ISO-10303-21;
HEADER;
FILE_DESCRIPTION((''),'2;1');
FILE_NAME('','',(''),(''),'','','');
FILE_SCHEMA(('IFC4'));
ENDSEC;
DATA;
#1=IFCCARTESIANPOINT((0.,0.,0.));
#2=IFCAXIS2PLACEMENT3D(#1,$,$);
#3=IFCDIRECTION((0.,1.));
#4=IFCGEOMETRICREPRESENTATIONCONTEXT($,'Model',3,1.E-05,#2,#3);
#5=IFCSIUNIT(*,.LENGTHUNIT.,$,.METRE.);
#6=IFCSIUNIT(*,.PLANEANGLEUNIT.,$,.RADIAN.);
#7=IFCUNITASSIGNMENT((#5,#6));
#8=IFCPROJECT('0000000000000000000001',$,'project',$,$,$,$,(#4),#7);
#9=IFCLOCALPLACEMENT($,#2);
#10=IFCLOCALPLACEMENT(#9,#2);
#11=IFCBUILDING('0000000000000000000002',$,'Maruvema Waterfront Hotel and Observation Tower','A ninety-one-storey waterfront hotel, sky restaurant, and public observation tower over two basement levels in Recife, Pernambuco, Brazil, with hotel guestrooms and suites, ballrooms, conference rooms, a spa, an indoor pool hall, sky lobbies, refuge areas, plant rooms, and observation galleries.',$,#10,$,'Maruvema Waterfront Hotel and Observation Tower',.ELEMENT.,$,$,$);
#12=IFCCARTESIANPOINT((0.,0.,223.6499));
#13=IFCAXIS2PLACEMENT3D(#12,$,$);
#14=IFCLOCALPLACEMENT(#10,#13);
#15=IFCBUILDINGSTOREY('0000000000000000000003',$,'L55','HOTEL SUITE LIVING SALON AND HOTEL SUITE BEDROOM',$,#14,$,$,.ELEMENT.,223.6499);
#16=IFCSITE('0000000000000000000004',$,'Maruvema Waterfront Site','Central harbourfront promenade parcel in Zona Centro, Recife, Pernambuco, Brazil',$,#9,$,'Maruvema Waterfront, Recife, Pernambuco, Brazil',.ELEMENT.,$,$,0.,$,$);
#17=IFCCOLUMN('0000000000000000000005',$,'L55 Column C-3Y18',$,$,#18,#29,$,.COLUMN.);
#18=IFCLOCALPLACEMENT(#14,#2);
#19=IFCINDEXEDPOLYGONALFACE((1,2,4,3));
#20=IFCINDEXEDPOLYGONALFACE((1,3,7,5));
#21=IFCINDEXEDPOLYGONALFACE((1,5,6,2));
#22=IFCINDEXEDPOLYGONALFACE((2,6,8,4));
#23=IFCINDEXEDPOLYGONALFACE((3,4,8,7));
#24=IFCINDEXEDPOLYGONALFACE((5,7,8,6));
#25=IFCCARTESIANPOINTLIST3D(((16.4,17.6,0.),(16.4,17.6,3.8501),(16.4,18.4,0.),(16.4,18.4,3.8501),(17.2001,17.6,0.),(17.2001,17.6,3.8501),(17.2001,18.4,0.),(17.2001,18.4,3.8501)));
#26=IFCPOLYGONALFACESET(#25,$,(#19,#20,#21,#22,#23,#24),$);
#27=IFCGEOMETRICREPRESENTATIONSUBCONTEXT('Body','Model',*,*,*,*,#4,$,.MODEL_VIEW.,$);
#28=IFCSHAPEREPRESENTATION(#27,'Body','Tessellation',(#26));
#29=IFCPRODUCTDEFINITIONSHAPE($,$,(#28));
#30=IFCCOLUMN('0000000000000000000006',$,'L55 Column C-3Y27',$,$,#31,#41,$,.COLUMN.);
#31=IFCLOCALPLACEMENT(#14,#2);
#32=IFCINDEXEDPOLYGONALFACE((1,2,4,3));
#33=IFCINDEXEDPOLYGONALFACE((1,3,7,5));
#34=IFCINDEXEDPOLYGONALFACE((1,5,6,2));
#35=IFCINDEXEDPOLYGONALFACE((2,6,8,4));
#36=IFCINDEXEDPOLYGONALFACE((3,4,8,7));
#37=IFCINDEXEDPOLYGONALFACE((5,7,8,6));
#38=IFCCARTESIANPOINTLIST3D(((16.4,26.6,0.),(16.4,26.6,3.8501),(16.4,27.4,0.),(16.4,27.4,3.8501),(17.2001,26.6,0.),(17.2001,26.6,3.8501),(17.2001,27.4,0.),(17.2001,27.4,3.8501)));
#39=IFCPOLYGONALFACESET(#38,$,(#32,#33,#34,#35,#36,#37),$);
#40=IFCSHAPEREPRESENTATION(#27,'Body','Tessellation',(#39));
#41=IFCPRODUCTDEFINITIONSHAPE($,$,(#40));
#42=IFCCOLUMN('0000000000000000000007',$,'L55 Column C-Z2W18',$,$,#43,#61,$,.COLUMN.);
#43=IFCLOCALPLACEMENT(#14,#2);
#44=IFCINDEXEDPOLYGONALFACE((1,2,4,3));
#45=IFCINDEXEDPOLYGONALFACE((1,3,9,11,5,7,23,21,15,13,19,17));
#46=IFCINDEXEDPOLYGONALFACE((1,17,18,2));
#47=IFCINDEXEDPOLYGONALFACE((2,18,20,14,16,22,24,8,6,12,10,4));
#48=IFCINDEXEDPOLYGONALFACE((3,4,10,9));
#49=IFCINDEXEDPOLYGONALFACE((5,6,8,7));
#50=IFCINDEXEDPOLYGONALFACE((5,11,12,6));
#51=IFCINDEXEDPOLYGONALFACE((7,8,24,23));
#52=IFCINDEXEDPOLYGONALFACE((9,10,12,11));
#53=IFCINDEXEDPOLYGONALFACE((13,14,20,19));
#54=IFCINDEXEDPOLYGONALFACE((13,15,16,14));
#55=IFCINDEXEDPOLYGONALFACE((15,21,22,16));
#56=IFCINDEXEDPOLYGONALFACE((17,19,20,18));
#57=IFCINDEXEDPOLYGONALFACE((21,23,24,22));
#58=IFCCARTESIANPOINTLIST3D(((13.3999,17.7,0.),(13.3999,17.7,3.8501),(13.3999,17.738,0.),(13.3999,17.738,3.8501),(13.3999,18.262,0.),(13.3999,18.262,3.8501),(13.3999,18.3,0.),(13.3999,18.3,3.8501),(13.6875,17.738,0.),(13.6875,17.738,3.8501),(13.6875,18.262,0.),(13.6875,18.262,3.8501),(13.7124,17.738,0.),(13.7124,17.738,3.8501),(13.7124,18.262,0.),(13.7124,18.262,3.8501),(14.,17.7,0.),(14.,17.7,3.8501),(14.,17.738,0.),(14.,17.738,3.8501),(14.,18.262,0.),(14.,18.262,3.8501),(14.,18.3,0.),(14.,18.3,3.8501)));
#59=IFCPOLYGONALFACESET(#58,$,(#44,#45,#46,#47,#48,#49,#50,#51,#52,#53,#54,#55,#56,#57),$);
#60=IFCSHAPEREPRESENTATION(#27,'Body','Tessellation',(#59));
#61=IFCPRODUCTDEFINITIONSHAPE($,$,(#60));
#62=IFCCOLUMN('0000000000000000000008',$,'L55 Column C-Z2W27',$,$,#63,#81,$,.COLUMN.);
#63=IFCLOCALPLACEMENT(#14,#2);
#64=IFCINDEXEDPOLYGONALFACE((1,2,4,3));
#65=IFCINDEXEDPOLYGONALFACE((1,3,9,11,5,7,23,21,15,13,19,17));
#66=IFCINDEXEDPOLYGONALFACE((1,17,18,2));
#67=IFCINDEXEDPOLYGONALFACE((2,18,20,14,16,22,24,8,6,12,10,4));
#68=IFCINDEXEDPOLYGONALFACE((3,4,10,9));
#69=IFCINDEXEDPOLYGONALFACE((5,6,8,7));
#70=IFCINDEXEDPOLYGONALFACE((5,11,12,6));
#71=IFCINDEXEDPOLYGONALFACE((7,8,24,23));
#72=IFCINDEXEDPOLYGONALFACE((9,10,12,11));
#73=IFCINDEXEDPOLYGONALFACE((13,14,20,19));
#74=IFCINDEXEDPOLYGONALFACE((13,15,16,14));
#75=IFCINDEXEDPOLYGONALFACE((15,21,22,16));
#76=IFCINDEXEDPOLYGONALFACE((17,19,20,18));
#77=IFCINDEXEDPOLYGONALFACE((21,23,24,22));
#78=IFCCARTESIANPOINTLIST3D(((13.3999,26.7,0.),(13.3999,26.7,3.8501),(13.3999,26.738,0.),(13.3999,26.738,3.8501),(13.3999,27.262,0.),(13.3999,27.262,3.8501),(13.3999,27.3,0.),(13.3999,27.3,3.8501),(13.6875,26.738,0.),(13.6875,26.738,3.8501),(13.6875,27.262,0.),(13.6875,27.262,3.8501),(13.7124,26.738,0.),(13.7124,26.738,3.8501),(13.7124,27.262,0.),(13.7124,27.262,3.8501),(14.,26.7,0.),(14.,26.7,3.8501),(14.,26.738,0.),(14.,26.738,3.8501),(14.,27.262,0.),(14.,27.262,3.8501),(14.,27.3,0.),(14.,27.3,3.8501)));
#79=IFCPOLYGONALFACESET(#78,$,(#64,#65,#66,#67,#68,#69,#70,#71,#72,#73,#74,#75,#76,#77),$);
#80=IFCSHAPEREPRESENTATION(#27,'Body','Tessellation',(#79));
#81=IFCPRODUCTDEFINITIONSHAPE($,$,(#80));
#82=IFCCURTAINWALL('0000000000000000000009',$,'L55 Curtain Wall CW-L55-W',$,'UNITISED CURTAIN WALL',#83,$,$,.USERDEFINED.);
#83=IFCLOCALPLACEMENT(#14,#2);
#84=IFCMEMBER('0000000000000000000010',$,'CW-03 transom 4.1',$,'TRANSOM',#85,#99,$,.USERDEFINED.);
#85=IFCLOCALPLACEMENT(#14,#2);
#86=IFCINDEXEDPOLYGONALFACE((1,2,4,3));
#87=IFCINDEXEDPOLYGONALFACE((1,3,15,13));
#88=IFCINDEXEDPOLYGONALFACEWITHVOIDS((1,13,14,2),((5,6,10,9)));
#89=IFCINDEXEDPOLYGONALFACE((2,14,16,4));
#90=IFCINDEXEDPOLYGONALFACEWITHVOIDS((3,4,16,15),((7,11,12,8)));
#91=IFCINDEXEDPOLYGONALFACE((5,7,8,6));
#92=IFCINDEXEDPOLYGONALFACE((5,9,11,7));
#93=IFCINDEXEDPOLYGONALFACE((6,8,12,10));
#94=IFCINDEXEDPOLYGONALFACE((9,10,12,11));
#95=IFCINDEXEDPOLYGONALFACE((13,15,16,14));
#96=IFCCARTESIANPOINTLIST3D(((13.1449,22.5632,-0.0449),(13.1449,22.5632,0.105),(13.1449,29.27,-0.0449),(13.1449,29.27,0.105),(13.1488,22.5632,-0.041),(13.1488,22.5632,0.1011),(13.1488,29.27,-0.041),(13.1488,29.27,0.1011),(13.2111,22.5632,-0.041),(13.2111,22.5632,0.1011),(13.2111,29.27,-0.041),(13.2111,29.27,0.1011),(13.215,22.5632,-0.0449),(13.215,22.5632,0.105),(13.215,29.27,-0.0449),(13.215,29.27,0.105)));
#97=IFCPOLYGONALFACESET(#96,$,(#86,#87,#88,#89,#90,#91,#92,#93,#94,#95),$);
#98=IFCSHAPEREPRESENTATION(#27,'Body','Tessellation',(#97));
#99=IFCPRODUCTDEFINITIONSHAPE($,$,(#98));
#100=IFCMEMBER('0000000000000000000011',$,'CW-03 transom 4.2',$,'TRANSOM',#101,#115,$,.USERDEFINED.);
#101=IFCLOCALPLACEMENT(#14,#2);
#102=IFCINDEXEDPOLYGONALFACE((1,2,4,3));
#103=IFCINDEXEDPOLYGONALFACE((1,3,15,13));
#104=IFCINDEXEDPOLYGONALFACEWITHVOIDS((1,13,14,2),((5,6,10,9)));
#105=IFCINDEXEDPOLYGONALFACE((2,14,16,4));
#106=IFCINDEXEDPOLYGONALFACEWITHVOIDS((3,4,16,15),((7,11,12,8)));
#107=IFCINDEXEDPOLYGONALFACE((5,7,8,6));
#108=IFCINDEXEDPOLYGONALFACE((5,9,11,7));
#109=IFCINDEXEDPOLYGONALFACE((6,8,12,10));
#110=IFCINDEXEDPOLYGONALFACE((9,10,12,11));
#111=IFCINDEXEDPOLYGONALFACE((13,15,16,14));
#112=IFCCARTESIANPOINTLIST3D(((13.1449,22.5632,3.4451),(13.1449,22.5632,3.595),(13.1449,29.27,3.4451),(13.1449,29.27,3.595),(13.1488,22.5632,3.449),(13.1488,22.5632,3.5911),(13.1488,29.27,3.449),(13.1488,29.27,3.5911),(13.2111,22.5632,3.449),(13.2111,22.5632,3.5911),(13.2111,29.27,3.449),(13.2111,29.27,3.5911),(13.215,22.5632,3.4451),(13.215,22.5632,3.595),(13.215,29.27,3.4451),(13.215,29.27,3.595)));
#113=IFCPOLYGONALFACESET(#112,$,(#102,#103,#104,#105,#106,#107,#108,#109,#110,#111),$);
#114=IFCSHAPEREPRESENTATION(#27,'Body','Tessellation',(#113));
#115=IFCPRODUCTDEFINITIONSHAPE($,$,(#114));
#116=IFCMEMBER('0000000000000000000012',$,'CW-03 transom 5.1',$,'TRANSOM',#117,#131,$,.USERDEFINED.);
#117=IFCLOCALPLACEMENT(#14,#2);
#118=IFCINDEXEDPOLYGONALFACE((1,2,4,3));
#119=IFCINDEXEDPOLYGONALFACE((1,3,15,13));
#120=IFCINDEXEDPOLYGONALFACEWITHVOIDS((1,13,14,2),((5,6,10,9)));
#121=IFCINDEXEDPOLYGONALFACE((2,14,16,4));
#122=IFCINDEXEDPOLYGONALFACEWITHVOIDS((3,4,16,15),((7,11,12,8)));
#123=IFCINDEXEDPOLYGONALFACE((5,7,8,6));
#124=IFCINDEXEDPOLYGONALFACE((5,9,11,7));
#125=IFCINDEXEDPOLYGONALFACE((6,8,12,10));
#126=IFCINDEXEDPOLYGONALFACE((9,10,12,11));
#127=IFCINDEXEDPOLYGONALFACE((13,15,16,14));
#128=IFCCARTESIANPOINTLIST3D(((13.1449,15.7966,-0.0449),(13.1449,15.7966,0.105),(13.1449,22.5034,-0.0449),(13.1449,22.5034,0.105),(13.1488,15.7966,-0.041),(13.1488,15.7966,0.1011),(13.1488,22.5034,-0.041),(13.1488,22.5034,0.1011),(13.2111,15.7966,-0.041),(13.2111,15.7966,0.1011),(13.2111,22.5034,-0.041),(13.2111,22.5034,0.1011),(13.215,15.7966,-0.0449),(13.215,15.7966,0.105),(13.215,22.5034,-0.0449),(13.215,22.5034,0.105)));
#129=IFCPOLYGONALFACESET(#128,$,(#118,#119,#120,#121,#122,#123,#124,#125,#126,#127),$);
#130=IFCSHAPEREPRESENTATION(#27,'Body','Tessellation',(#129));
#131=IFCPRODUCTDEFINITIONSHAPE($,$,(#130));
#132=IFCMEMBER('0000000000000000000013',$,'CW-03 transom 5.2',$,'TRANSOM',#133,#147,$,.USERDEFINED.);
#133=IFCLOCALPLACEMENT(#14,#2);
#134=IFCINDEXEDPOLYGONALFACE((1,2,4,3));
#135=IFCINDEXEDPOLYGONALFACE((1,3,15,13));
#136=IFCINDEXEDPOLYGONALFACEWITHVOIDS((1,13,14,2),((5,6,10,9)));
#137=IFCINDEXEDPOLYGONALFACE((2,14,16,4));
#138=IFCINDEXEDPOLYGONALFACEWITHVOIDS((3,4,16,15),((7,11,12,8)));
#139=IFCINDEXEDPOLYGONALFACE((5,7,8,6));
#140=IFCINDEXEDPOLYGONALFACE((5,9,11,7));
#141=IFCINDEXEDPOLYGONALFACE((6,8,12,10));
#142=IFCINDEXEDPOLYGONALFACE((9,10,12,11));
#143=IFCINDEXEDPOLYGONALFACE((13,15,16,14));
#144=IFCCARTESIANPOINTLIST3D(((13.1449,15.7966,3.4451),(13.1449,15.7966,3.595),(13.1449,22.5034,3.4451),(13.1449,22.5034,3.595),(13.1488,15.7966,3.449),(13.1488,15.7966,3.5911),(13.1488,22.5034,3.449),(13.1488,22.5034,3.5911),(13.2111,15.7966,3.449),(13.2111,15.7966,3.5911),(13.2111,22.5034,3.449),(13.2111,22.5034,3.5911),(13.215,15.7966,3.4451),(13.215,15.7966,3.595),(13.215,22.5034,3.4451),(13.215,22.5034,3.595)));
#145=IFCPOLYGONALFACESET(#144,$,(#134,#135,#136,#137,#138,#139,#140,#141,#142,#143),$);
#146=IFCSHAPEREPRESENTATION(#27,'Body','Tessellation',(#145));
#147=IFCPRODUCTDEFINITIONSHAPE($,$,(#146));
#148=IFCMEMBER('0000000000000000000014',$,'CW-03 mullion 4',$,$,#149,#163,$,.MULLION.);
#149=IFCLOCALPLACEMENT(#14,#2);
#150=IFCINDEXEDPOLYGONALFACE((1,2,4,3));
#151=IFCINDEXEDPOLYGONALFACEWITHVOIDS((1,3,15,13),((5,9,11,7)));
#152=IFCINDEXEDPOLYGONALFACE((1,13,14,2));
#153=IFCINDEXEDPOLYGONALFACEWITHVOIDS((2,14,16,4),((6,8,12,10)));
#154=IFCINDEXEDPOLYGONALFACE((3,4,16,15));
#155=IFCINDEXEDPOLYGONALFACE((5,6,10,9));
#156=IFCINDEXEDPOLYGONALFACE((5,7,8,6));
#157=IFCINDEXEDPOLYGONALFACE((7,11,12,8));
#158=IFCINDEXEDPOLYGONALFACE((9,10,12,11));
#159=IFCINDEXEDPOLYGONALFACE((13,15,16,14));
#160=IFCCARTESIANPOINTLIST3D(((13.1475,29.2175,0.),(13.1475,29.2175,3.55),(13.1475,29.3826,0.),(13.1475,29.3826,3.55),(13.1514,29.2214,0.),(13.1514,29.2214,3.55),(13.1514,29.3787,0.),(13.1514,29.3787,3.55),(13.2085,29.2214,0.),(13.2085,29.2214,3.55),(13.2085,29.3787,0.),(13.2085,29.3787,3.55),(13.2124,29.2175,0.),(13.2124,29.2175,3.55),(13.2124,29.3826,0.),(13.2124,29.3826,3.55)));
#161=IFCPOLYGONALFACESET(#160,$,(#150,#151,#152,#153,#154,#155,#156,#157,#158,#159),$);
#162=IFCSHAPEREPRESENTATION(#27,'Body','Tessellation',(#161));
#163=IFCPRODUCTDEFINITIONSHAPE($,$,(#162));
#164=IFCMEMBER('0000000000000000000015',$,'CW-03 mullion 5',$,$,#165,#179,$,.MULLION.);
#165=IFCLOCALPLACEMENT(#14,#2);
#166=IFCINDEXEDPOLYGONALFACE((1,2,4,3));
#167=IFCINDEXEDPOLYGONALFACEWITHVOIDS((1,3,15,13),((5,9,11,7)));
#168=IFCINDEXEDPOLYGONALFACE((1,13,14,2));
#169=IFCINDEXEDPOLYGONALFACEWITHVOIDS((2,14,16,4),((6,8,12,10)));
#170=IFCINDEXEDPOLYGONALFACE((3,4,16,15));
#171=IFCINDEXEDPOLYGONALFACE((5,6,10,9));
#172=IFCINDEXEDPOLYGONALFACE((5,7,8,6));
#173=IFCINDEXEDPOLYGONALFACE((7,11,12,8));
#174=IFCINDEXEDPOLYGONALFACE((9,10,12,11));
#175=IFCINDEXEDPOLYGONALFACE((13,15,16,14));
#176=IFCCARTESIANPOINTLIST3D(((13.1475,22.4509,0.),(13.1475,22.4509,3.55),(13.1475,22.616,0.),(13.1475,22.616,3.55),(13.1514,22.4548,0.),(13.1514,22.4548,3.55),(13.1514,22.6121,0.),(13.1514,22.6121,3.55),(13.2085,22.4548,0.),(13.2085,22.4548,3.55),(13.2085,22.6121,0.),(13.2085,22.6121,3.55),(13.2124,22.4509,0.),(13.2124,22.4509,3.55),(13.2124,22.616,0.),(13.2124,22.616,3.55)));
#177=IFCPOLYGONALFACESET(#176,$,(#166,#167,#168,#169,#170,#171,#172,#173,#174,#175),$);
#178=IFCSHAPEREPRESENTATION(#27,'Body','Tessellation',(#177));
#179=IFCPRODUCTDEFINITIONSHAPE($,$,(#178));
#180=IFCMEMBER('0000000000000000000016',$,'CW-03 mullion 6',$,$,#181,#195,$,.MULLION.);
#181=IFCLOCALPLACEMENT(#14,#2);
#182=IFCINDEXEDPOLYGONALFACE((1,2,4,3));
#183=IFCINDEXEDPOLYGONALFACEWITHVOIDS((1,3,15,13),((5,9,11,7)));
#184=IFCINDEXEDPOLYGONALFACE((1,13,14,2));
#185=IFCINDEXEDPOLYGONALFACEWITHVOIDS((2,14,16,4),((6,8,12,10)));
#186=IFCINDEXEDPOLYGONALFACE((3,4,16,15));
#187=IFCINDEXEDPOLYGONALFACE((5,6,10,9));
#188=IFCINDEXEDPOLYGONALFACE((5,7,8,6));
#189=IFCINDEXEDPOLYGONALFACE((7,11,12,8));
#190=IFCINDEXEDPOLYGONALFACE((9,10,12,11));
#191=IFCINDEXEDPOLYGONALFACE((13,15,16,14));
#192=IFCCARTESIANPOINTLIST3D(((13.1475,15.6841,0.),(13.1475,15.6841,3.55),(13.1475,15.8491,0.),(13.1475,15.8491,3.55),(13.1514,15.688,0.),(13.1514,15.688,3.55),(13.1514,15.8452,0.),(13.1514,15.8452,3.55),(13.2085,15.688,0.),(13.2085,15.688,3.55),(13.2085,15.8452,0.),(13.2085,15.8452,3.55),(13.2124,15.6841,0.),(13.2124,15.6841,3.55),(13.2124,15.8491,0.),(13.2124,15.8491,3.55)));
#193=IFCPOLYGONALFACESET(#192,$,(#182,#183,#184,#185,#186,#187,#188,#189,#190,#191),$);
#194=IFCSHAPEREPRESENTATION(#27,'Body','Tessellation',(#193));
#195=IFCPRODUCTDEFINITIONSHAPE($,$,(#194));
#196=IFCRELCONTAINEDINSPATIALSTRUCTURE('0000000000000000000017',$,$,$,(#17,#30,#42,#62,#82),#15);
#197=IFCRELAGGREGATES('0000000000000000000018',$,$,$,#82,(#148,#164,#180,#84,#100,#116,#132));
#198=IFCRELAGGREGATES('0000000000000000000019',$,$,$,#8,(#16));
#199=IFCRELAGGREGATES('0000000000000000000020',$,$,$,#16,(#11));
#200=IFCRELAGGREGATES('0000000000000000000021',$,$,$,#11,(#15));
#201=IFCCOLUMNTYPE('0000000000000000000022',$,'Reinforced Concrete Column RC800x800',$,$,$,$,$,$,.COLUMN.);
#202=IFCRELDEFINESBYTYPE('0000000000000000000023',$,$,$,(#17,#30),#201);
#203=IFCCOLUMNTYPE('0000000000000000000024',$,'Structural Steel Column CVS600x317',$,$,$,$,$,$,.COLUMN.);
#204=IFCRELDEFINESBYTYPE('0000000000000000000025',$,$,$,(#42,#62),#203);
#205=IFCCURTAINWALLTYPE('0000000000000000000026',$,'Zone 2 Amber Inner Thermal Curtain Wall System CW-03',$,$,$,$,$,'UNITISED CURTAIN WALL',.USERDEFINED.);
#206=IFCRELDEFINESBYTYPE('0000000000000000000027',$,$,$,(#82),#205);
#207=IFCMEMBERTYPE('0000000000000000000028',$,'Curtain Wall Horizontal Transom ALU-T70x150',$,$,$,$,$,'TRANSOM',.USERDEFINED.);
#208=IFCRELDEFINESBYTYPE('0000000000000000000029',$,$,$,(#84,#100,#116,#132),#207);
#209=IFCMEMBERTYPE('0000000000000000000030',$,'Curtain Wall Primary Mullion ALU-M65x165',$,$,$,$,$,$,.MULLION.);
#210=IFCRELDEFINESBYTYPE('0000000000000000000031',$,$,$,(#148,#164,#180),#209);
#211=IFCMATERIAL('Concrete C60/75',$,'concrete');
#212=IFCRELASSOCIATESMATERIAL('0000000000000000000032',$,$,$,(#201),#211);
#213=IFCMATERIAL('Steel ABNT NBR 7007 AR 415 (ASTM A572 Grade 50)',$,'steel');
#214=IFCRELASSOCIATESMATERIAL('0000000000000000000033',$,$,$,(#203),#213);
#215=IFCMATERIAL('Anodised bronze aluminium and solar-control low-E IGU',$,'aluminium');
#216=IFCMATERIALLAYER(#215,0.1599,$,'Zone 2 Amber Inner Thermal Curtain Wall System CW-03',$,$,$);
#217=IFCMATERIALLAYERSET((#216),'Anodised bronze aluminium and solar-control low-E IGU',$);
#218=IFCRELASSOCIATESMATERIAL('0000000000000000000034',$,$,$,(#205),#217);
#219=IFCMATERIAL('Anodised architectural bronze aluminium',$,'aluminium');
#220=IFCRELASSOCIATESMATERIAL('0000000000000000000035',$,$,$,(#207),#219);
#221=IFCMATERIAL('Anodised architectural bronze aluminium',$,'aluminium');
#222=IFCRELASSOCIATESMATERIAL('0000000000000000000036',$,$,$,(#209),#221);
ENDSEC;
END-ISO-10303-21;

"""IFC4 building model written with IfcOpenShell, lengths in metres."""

from ifc_helpers import new_model, si_unit, direction, frame, origin, origin_2d, place, context, subcontext, project, spatial, rectangle, hollow_rectangle, i_section, extrude, material, layer, layer_set, material_profile, profile_set, type_object, element, aggregate, save


model = new_model("IFC4")

# Units and contexts
model_context = context("Model", 3, precision=1e-05, world=origin(), true_north=direction((0.0, 1.0)))
body_context = subcontext(model_context, "Body", "Model", "MODEL_VIEW")
ifc_project = project(units=[si_unit("LENGTHUNIT", "METRE"), si_unit("PLANEANGLEUNIT", "RADIAN")], contexts=[model_context])

# Site, building, storey
site_placement = place(None, origin())
site = spatial("IfcSite", under=ifc_project, at=site_placement, Name="Maruvema Waterfront Site", Description="Central harbourfront promenade parcel in Zona Centro, Recife, Pernambuco, Brazil", LongName="Maruvema Waterfront, Recife, Pernambuco, Brazil", CompositionType="ELEMENT", RefElevation=0.0)
building_placement = place(site_placement, origin())
building = spatial("IfcBuilding", under=site, at=building_placement, Name="Maruvema Waterfront Hotel and Observation Tower", Description="A ninety-one-storey waterfront hotel, sky restaurant, and public observation tower over two basement levels in Recife, Pernambuco, Brazil, with hotel guestrooms and suites, ballrooms, conference rooms, a spa, an indoor pool hall, sky lobbies, refuge areas, plant rooms, and observation galleries.", LongName="Maruvema Waterfront Hotel and Observation Tower", CompositionType="ELEMENT")
storey_placement = place(building_placement, frame((0.0, 0.0, 223.6499)))
storey = spatial("IfcBuildingStorey", under=building, at=storey_placement, Name="L55", Description="HOTEL SUITE LIVING SALON AND HOTEL SUITE BEDROOM", CompositionType="ELEMENT", Elevation=223.6499)

# Columns
ifc_material_1 = material(Name="Concrete C60/75", Category="concrete")
ifc_material_profile_1 = material_profile(ifc_material_1, rectangle(XDim=0.8, YDim=0.8, at=origin_2d()), Name="RC800x800")
ifc_profile_set_1 = profile_set([ifc_material_profile_1], Name="Concrete C60/75")
column_type_1 = type_object("IfcColumnType", Name="Reinforced Concrete Column RC800x800", PredefinedType="COLUMN", material=ifc_profile_set_1)
for number, where, z_axis, x_axis, name in (
    (1, (16.8, 18.0, 0.0), (0.0, 0.0, 1.0), (1.0, 0.0, 0.0), "L55 Column C-3Y18"),
    (2, (16.8, 27.0, 0.0), (0.0, 0.0, 1.0), (1.0, 0.0, 0.0), "L55 Column C-3Y27"),
):
    element("IfcColumn", number, at=place(storey_placement, frame(where, z_axis=z_axis, x_axis=x_axis)), inside=storey, type_object=column_type_1, Name=name, PredefinedType="COLUMN", context=body_context, shape_type="SweptSolid", body=[
        extrude(rectangle(XDim=0.8, YDim=0.8, at=origin_2d()), origin(), (0.0, 0.0, 1.0), 3.8501),
    ])
ifc_material_2 = material(Name="Steel ABNT NBR 7007 AR 415 (ASTM A572 Grade 50)", Category="steel")
ifc_material_profile_2 = material_profile(ifc_material_2, i_section(OverallWidth=0.6001, OverallDepth=0.6001, WebThickness=0.0249, FlangeThickness=0.0381, at=origin_2d()), Name="CVS600x317")
ifc_profile_set_2 = profile_set([ifc_material_profile_2], Name="Steel ABNT NBR 7007 AR 415 (ASTM A572 Grade 50)")
column_type_2 = type_object("IfcColumnType", Name="Structural Steel Column CVS600x317", PredefinedType="COLUMN", material=ifc_profile_set_2)
for number, where, z_axis, x_axis, name in (
    (3, (13.7, 18.0, 0.0), (0.0, 0.0, 1.0), (1.0, 0.0, 0.0), "L55 Column C-Z2W18"),
    (4, (13.7, 27.0, 0.0), (0.0, 0.0, 1.0), (1.0, 0.0, 0.0), "L55 Column C-Z2W27"),
):
    element("IfcColumn", number, at=place(storey_placement, frame(where, z_axis=z_axis, x_axis=x_axis)), inside=storey, type_object=column_type_2, Name=name, PredefinedType="COLUMN", context=body_context, shape_type="SweptSolid", body=[
        extrude(i_section(OverallWidth=0.6001, OverallDepth=0.6001, WebThickness=0.0249, FlangeThickness=0.0381, at=origin_2d()), origin(), (0.0, 0.0, 1.0), 3.8501),
    ])

# Curtain wall, members
ifc_material_3 = material(Name="Anodised bronze aluminium and solar-control low-E IGU", Category="aluminium")
ifc_layer_1 = layer(ifc_material_3, 0.1599, Name="Zone 2 Amber Inner Thermal Curtain Wall System CW-03")
ifc_layer_set_1 = layer_set([ifc_layer_1], Name="Anodised bronze aluminium and solar-control low-E IGU")
curtain_wall_type = type_object("IfcCurtainWallType", Name="Zone 2 Amber Inner Thermal Curtain Wall System CW-03", ElementType="UNITISED CURTAIN WALL", PredefinedType="USERDEFINED", material=ifc_layer_set_1)
curtain_wall_placement = place(storey_placement, origin())
curtain_wall = element("IfcCurtainWall", 5, at=curtain_wall_placement, inside=storey, type_object=curtain_wall_type, Name="L55 Curtain Wall CW-L55-W", ObjectType="UNITISED CURTAIN WALL", PredefinedType="USERDEFINED")
ifc_material_4 = material(Name="Anodised architectural bronze aluminium", Category="aluminium")
ifc_material_profile_3 = material_profile(ifc_material_4, hollow_rectangle(XDim=0.0701, YDim=0.1499, WallThickness=0.0039, at=origin_2d()), Name="ALU-T70x150")
ifc_profile_set_3 = profile_set([ifc_material_profile_3], Name="Anodised architectural bronze aluminium")
member_type_1 = type_object("IfcMemberType", Name="Curtain Wall Horizontal Transom ALU-T70x150", ElementType="TRANSOM", PredefinedType="USERDEFINED", material=ifc_profile_set_3)
member_1_placement = place(storey_placement, frame((13.1799, 29.27, 0.03), z_axis=(0.0, -1.0, 0.0), x_axis=(1.0, 0.0, 0.0)))
member_1 = element("IfcMember", 6, at=member_1_placement, type_object=member_type_1, Name="CW-03 transom 4.1", ObjectType="TRANSOM", PredefinedType="USERDEFINED", context=body_context, shape_type="SweptSolid", body=[
    extrude(hollow_rectangle(XDim=0.0701, YDim=0.1499, WallThickness=0.0039, at=origin_2d()), origin(), (0.0, 0.0, 1.0), 6.7068),
])
member_2_placement = place(storey_placement, frame((13.1799, 29.27, 3.52), z_axis=(0.0, -1.0, 0.0), x_axis=(1.0, 0.0, 0.0)))
member_2 = element("IfcMember", 7, at=member_2_placement, type_object=member_type_1, Name="CW-03 transom 4.2", ObjectType="TRANSOM", PredefinedType="USERDEFINED", context=body_context, shape_type="SweptSolid", body=[
    extrude(hollow_rectangle(XDim=0.0701, YDim=0.1499, WallThickness=0.0039, at=origin_2d()), origin(), (0.0, 0.0, 1.0), 6.7068),
])
member_3_placement = place(storey_placement, frame((13.1799, 22.5034, 0.03), z_axis=(0.0, -1.0, 0.0), x_axis=(1.0, 0.0, 0.0)))
member_3 = element("IfcMember", 8, at=member_3_placement, type_object=member_type_1, Name="CW-03 transom 5.1", ObjectType="TRANSOM", PredefinedType="USERDEFINED", context=body_context, shape_type="SweptSolid", body=[
    extrude(hollow_rectangle(XDim=0.0701, YDim=0.1499, WallThickness=0.0039, at=origin_2d()), origin(), (0.0, 0.0, 1.0), 6.7068),
])
member_4_placement = place(storey_placement, frame((13.1799, 22.5034, 3.52), z_axis=(0.0, -1.0, 0.0), x_axis=(1.0, 0.0, 0.0)))
member_4 = element("IfcMember", 9, at=member_4_placement, type_object=member_type_1, Name="CW-03 transom 5.2", ObjectType="TRANSOM", PredefinedType="USERDEFINED", context=body_context, shape_type="SweptSolid", body=[
    extrude(hollow_rectangle(XDim=0.0701, YDim=0.1499, WallThickness=0.0039, at=origin_2d()), origin(), (0.0, 0.0, 1.0), 6.7068),
])
ifc_material_5 = material(Name="Anodised architectural bronze aluminium", Category="aluminium")
ifc_material_profile_4 = material_profile(ifc_material_5, hollow_rectangle(XDim=0.0649, YDim=0.165, WallThickness=0.0039, at=origin_2d()), Name="ALU-M65x165")
ifc_profile_set_4 = profile_set([ifc_material_profile_4], Name="Anodised architectural bronze aluminium")
member_type_2 = type_object("IfcMemberType", Name="Curtain Wall Primary Mullion ALU-M65x165", PredefinedType="MULLION", material=ifc_profile_set_4)
member_5_placement = place(storey_placement, frame((13.1799, 29.3, 0.0), z_axis=(0.0, 0.0, 1.0), x_axis=(1.0, 0.0, 0.0)))
member_5 = element("IfcMember", 10, at=member_5_placement, type_object=member_type_2, Name="CW-03 mullion 4", PredefinedType="MULLION", context=body_context, shape_type="SweptSolid", body=[
    extrude(hollow_rectangle(XDim=0.0649, YDim=0.165, WallThickness=0.0039, at=origin_2d()), origin(), (0.0, 0.0, 1.0), 3.55),
])
member_6_placement = place(storey_placement, frame((13.1799, 22.5334, 0.0), z_axis=(0.0, 0.0, 1.0), x_axis=(1.0, 0.0, 0.0)))
member_6 = element("IfcMember", 11, at=member_6_placement, type_object=member_type_2, Name="CW-03 mullion 5", PredefinedType="MULLION", context=body_context, shape_type="SweptSolid", body=[
    extrude(hollow_rectangle(XDim=0.0649, YDim=0.165, WallThickness=0.0039, at=origin_2d()), origin(), (0.0, 0.0, 1.0), 3.55),
])
member_7_placement = place(storey_placement, frame((13.1799, 15.7666, 0.0), z_axis=(0.0, 0.0, 1.0), x_axis=(1.0, 0.0, 0.0)))
member_7 = element("IfcMember", 12, at=member_7_placement, type_object=member_type_2, Name="CW-03 mullion 6", PredefinedType="MULLION", context=body_context, shape_type="SweptSolid", body=[
    extrude(hollow_rectangle(XDim=0.0649, YDim=0.165, WallThickness=0.0039, at=origin_2d()), origin(), (0.0, 0.0, 1.0), 3.55),
])

aggregate(curtain_wall, [member_5, member_6, member_7, member_1, member_2, member_3, member_4])

save(model, "model.ifc")
